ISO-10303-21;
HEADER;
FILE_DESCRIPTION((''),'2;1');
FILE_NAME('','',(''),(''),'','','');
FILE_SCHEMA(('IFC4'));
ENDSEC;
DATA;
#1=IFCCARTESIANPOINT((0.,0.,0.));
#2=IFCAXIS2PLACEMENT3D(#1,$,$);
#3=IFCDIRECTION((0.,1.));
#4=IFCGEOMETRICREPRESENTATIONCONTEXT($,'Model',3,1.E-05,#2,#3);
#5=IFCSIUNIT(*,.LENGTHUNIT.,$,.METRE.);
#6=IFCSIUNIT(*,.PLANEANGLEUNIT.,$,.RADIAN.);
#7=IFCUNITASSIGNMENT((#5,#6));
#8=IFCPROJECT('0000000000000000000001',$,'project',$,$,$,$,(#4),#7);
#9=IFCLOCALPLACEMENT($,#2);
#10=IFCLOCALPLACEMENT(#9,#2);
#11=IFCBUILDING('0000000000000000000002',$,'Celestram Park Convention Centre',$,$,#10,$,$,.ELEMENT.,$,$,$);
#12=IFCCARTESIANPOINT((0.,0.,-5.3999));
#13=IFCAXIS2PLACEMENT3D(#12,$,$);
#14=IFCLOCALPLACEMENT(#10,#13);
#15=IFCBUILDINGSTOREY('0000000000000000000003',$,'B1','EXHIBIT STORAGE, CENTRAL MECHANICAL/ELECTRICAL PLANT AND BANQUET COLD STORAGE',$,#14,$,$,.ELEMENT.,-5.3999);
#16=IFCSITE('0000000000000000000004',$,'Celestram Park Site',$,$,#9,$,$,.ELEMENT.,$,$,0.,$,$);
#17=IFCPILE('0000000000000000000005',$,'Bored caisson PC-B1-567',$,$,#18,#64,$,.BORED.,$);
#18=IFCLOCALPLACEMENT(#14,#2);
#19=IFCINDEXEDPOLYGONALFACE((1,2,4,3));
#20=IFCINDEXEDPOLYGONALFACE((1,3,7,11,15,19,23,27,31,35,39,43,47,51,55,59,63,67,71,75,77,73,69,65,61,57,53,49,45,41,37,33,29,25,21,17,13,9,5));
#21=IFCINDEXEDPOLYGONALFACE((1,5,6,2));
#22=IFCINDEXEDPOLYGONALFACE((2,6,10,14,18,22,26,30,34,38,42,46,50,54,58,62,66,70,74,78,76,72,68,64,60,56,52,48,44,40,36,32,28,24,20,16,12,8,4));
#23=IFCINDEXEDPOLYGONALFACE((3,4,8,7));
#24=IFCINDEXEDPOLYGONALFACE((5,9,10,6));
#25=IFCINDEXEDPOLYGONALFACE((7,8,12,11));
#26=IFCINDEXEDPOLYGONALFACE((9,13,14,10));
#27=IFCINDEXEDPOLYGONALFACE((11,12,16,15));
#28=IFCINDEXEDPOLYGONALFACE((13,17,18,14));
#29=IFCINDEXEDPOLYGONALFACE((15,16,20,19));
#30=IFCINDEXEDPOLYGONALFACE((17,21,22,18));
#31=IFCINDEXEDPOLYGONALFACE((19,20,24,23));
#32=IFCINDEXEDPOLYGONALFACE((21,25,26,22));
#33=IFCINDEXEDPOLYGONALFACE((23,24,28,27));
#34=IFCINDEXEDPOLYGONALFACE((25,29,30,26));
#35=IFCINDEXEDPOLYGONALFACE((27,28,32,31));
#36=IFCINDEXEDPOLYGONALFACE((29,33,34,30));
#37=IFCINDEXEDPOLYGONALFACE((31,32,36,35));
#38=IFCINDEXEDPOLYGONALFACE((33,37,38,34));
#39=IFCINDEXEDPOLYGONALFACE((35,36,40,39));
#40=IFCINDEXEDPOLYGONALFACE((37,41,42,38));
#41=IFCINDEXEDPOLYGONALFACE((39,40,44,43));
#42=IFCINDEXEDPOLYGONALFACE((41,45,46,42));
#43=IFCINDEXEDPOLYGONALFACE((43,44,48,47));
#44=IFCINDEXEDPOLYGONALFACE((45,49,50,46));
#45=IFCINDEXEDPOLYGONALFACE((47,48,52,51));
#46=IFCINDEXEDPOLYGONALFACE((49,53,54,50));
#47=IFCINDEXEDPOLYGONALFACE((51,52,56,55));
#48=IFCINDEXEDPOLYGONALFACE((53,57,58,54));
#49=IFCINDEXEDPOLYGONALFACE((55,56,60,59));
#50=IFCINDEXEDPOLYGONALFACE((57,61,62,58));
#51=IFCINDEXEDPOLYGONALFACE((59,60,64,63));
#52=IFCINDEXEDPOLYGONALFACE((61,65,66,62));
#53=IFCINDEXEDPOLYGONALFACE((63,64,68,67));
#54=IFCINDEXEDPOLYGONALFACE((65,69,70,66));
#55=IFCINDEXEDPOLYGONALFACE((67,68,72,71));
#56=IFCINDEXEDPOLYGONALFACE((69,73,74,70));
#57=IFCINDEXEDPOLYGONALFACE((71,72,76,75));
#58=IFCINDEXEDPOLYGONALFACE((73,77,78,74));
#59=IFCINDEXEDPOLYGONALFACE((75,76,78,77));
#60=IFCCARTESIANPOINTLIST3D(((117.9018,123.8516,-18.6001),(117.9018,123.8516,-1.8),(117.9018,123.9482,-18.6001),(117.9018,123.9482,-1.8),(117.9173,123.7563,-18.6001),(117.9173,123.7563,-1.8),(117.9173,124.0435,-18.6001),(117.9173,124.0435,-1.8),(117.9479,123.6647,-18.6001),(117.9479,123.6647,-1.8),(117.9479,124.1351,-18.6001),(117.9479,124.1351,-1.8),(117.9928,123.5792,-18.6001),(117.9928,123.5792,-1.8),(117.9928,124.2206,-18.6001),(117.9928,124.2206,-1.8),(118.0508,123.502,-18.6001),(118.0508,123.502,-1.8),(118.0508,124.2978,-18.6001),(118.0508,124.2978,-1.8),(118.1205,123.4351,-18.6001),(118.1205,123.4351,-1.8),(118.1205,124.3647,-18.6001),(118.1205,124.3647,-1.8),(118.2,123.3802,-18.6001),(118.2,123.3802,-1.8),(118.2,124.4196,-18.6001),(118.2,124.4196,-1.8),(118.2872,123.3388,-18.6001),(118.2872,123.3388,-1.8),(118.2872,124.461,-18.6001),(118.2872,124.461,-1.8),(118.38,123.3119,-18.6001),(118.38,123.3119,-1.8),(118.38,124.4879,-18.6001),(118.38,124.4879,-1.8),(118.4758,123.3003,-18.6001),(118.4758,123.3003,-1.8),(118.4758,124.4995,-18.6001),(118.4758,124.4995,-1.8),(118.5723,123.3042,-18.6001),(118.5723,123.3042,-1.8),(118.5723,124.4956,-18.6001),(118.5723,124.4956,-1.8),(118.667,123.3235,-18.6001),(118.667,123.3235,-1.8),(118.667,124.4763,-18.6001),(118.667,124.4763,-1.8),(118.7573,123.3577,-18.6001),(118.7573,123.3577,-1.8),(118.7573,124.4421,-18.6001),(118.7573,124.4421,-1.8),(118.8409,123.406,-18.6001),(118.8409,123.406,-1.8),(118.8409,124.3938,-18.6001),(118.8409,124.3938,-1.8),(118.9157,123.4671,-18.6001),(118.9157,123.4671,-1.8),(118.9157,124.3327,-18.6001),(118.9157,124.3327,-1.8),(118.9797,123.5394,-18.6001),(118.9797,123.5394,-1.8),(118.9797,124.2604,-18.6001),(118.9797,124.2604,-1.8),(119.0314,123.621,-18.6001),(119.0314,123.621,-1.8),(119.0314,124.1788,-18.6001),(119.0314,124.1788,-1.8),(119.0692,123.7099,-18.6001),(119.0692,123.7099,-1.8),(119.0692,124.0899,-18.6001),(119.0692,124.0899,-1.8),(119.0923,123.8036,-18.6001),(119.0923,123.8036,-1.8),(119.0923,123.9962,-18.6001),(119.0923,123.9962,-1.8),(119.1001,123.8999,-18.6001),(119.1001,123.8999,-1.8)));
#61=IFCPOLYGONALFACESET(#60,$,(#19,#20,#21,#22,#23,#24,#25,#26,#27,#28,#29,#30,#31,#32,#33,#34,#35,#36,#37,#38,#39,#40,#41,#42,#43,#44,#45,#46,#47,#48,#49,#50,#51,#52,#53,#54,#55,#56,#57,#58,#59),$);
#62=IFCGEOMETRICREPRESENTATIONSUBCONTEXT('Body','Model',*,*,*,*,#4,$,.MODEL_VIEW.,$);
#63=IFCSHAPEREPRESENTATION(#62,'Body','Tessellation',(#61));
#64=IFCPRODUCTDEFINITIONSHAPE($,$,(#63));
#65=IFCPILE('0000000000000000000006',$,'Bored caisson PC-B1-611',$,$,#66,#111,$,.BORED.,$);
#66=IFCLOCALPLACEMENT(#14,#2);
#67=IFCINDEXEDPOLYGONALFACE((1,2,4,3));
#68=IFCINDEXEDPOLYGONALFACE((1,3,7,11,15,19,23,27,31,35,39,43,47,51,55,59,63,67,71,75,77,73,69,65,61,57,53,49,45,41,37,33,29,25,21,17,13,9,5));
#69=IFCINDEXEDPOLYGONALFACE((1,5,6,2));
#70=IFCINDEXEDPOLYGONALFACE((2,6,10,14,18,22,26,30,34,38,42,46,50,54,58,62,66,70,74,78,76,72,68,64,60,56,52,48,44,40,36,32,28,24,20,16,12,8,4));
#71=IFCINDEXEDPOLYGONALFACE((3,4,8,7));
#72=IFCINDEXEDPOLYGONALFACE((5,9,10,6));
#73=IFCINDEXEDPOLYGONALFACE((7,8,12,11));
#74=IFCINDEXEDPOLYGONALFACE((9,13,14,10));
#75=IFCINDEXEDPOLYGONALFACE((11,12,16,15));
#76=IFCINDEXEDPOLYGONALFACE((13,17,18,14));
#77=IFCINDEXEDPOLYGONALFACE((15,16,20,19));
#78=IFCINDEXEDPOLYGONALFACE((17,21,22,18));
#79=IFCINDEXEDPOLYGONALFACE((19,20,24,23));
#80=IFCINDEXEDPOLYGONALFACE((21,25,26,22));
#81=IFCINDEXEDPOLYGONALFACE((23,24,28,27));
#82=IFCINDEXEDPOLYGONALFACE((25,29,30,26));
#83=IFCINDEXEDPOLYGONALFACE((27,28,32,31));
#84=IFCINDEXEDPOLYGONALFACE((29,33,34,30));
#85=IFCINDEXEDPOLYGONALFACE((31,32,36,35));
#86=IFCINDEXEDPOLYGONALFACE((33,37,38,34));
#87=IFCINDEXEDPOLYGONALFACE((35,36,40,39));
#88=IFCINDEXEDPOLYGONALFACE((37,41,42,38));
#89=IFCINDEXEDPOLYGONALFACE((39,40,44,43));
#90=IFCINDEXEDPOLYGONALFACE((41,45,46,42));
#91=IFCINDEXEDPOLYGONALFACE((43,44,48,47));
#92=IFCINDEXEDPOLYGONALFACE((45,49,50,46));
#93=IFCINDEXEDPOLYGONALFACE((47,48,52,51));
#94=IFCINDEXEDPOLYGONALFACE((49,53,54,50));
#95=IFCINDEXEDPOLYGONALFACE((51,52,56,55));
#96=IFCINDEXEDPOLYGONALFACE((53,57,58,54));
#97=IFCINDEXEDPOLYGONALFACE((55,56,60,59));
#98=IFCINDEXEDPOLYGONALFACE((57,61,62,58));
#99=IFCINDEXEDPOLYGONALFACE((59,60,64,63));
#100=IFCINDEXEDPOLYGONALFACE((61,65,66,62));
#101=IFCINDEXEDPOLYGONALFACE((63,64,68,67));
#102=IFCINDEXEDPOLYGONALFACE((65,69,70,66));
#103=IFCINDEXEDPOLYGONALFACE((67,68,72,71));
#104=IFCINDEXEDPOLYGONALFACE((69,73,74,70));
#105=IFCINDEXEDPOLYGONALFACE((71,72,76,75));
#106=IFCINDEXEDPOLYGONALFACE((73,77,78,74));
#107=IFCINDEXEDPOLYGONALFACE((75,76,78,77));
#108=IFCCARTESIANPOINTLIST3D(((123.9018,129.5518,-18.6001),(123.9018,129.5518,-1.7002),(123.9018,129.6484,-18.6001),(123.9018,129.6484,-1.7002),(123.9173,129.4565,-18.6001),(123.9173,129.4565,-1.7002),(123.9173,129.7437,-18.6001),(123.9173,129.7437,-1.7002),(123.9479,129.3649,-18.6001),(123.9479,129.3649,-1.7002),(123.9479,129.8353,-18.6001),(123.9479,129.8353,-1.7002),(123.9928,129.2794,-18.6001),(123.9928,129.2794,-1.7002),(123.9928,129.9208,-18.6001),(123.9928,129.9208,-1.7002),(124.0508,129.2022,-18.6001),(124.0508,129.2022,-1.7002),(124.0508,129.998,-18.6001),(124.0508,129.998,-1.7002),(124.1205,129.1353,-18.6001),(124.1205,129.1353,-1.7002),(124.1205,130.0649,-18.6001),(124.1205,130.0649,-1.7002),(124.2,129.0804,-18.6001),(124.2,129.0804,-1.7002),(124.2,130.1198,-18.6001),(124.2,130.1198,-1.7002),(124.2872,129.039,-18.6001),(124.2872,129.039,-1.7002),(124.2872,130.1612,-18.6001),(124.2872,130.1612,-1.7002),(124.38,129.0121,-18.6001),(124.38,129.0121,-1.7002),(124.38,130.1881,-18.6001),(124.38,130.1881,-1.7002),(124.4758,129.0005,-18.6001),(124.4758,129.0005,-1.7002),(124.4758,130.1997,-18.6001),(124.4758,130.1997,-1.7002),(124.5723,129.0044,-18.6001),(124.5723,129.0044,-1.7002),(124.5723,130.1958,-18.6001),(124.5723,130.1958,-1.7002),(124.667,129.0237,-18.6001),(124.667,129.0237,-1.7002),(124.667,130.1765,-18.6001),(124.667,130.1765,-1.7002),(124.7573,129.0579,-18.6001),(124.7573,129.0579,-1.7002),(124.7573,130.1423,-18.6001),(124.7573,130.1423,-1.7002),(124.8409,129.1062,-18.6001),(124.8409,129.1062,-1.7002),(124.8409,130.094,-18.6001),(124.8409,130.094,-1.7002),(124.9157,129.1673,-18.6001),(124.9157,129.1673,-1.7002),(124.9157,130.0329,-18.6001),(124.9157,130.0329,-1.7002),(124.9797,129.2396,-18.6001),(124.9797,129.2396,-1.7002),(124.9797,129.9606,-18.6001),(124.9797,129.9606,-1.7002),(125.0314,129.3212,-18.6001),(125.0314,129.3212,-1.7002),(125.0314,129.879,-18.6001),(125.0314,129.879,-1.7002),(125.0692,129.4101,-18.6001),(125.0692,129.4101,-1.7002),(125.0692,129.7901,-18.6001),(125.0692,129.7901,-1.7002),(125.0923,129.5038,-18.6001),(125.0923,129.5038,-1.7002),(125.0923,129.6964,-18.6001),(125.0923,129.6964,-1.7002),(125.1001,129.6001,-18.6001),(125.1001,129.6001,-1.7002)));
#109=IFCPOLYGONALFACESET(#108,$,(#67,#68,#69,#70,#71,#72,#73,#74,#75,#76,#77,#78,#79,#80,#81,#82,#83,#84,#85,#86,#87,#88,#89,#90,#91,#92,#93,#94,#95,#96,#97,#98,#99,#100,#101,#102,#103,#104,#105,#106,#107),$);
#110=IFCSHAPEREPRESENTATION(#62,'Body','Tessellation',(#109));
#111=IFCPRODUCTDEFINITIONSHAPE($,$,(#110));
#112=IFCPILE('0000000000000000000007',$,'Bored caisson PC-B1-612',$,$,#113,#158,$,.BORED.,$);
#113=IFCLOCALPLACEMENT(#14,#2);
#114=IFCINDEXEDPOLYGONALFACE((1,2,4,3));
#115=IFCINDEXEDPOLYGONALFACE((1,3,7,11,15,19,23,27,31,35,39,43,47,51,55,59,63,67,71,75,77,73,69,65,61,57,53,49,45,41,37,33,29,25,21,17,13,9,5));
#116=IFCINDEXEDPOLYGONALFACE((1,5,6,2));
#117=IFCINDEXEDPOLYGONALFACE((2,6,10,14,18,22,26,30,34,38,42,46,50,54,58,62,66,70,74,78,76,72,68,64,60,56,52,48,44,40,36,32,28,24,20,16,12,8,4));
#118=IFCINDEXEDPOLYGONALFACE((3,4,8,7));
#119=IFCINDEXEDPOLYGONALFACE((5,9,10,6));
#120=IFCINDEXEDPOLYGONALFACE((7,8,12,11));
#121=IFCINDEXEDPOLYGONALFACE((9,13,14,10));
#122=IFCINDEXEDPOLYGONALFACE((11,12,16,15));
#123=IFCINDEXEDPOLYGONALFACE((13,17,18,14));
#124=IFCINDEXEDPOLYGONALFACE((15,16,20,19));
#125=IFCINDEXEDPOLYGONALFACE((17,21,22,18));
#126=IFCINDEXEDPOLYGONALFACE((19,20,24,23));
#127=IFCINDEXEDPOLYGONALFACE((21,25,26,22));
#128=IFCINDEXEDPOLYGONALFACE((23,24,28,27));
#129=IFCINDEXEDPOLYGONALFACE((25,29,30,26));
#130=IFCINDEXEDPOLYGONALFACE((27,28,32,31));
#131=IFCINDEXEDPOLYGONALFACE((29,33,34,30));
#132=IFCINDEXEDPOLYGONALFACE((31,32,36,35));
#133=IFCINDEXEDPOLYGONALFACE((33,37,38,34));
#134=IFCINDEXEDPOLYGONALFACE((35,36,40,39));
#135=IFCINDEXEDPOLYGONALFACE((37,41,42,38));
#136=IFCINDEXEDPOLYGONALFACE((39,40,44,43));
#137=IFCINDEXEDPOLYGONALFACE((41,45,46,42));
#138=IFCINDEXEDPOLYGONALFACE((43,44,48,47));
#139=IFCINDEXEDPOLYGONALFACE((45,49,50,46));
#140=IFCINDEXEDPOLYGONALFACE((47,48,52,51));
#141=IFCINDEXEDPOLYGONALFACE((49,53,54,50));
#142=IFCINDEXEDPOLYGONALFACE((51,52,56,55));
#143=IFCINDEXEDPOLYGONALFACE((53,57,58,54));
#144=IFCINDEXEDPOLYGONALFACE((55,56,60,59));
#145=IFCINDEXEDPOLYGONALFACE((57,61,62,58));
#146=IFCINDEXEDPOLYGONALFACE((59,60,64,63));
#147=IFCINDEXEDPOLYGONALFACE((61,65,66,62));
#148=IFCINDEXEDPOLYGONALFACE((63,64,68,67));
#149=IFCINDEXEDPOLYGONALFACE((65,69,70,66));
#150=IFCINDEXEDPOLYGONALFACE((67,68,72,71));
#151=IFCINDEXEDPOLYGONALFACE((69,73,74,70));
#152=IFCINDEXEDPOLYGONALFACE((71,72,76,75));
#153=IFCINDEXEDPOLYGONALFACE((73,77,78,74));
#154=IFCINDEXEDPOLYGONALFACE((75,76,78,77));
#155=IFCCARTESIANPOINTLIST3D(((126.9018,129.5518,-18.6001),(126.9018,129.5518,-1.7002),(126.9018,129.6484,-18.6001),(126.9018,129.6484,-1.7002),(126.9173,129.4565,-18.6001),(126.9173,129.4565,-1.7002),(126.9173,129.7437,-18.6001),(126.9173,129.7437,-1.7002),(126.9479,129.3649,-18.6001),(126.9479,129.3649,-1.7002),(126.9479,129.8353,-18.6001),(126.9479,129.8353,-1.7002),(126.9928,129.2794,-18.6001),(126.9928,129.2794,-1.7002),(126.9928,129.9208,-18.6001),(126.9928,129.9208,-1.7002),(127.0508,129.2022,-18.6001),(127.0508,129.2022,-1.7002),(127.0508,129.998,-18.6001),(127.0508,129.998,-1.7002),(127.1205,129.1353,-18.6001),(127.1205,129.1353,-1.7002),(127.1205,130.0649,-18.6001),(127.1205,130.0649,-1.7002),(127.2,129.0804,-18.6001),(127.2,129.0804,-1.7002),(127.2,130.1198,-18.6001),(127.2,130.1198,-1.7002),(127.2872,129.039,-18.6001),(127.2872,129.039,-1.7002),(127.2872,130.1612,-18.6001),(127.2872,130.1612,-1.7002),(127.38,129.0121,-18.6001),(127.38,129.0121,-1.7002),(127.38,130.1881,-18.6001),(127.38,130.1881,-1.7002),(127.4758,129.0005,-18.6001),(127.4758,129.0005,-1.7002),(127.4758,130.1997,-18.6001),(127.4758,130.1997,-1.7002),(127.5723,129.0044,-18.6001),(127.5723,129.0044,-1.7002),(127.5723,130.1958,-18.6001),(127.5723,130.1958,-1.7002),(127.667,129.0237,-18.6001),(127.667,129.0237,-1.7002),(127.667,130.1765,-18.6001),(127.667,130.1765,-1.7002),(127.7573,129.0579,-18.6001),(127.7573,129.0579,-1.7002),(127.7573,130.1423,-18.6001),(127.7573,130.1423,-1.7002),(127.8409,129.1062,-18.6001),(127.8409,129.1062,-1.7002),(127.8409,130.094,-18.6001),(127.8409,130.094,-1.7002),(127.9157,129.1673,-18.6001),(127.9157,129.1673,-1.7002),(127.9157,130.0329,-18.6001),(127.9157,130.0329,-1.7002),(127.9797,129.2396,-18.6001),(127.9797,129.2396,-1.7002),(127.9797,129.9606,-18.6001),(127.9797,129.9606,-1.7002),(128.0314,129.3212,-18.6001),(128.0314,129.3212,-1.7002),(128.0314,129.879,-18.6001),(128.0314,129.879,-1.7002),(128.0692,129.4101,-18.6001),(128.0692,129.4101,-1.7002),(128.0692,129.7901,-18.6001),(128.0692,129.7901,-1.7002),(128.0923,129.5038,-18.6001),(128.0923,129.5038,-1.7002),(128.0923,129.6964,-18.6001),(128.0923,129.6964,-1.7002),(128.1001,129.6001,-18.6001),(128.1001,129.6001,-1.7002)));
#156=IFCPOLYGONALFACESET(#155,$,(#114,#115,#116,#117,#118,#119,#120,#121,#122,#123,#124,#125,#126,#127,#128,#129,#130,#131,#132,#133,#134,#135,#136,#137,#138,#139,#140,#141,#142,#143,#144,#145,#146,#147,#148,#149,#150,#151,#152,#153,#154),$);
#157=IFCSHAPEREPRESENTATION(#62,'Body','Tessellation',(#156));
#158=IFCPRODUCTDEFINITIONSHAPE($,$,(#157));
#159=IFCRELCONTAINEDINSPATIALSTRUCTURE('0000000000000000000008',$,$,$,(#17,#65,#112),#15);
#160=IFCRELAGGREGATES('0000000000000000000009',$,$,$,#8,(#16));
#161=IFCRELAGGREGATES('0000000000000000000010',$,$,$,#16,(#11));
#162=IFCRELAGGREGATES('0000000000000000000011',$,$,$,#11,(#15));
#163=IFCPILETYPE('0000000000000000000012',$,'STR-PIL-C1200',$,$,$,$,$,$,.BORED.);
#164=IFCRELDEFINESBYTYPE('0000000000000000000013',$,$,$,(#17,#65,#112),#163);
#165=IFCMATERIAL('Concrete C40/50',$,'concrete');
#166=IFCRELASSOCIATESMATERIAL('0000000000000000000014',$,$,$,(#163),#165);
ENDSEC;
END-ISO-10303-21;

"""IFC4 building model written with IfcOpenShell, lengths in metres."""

from ifc_helpers import new_model, si_unit, direction, frame, origin, origin_2d, place, context, subcontext, project, spatial, circle, extrude, material, material_profile, profile_set, type_object, element, save


model = new_model("IFC4")

# Units and contexts
model_context = context("Model", 3, precision=1e-05, world=origin(), true_north=direction((0.0, 1.0)))
body_context = subcontext(model_context, "Body", "Model", "MODEL_VIEW")
ifc_project = project(units=[si_unit("LENGTHUNIT", "METRE"), si_unit("PLANEANGLEUNIT", "RADIAN")], contexts=[model_context])

# Site, building, storey
site_placement = place(None, origin())
site = spatial("IfcSite", under=ifc_project, at=site_placement, Name="Celestram Park Site", CompositionType="ELEMENT", RefElevation=0.0)
building_placement = place(site_placement, origin())
building = spatial("IfcBuilding", under=site, at=building_placement, Name="Celestram Park Convention Centre", CompositionType="ELEMENT")
storey_placement = place(building_placement, frame((0.0, 0.0, -5.3999)))
storey = spatial("IfcBuildingStorey", under=building, at=storey_placement, Name="B1", Description="EXHIBIT STORAGE, CENTRAL MECHANICAL/ELECTRICAL PLANT AND BANQUET COLD STORAGE", CompositionType="ELEMENT", Elevation=-5.3999)

# Shared definitions
ifc_material_1 = material(Name="Concrete C40/50", Category="concrete")

# Piles
ifc_material_profile_1 = material_profile(ifc_material_1, circle(Radius=0.6001, at=origin_2d()), Name="CAISSON1200")
ifc_profile_set_1 = profile_set([ifc_material_profile_1], Name="Concrete C40/50")
pile_type_1 = type_object("IfcPileType", Name="STR-PIL-C1200", PredefinedType="BORED", material=ifc_profile_set_1)
for number, where, z_axis, x_axis, name in (
    (1, (118.5, 123.8999, -1.8), (0.0, 0.0, -1.0), (1.0, 0.0, 0.0), "Bored caisson PC-B1-567"),
):
    element("IfcPile", number, at=place(storey_placement, frame(where, z_axis=z_axis, x_axis=x_axis)), inside=storey, type_object=pile_type_1, Name=name, PredefinedType="BORED", context=body_context, shape_type="SweptSolid", body=[
        extrude(circle(Radius=0.6001, at=origin_2d()), origin(), (0.0, 0.0, 1.0), 16.8),
    ])
for number, where, z_axis, x_axis, name in (
    (2, (124.5, 129.6001, -1.7002), (0.0, 0.0, -1.0), (1.0, 0.0, 0.0), "Bored caisson PC-B1-611"),
    (3, (127.5, 129.6001, -1.7002), (0.0, 0.0, -1.0), (1.0, 0.0, 0.0), "Bored caisson PC-B1-612"),
):
    element("IfcPile", number, at=place(storey_placement, frame(where, z_axis=z_axis, x_axis=x_axis)), inside=storey, type_object=pile_type_1, Name=name, PredefinedType="BORED", context=body_context, shape_type="SweptSolid", body=[
        extrude(circle(Radius=0.6001, at=origin_2d()), origin(), (0.0, 0.0, 1.0), 16.8999),
    ])

save(model, "model.ifc")
